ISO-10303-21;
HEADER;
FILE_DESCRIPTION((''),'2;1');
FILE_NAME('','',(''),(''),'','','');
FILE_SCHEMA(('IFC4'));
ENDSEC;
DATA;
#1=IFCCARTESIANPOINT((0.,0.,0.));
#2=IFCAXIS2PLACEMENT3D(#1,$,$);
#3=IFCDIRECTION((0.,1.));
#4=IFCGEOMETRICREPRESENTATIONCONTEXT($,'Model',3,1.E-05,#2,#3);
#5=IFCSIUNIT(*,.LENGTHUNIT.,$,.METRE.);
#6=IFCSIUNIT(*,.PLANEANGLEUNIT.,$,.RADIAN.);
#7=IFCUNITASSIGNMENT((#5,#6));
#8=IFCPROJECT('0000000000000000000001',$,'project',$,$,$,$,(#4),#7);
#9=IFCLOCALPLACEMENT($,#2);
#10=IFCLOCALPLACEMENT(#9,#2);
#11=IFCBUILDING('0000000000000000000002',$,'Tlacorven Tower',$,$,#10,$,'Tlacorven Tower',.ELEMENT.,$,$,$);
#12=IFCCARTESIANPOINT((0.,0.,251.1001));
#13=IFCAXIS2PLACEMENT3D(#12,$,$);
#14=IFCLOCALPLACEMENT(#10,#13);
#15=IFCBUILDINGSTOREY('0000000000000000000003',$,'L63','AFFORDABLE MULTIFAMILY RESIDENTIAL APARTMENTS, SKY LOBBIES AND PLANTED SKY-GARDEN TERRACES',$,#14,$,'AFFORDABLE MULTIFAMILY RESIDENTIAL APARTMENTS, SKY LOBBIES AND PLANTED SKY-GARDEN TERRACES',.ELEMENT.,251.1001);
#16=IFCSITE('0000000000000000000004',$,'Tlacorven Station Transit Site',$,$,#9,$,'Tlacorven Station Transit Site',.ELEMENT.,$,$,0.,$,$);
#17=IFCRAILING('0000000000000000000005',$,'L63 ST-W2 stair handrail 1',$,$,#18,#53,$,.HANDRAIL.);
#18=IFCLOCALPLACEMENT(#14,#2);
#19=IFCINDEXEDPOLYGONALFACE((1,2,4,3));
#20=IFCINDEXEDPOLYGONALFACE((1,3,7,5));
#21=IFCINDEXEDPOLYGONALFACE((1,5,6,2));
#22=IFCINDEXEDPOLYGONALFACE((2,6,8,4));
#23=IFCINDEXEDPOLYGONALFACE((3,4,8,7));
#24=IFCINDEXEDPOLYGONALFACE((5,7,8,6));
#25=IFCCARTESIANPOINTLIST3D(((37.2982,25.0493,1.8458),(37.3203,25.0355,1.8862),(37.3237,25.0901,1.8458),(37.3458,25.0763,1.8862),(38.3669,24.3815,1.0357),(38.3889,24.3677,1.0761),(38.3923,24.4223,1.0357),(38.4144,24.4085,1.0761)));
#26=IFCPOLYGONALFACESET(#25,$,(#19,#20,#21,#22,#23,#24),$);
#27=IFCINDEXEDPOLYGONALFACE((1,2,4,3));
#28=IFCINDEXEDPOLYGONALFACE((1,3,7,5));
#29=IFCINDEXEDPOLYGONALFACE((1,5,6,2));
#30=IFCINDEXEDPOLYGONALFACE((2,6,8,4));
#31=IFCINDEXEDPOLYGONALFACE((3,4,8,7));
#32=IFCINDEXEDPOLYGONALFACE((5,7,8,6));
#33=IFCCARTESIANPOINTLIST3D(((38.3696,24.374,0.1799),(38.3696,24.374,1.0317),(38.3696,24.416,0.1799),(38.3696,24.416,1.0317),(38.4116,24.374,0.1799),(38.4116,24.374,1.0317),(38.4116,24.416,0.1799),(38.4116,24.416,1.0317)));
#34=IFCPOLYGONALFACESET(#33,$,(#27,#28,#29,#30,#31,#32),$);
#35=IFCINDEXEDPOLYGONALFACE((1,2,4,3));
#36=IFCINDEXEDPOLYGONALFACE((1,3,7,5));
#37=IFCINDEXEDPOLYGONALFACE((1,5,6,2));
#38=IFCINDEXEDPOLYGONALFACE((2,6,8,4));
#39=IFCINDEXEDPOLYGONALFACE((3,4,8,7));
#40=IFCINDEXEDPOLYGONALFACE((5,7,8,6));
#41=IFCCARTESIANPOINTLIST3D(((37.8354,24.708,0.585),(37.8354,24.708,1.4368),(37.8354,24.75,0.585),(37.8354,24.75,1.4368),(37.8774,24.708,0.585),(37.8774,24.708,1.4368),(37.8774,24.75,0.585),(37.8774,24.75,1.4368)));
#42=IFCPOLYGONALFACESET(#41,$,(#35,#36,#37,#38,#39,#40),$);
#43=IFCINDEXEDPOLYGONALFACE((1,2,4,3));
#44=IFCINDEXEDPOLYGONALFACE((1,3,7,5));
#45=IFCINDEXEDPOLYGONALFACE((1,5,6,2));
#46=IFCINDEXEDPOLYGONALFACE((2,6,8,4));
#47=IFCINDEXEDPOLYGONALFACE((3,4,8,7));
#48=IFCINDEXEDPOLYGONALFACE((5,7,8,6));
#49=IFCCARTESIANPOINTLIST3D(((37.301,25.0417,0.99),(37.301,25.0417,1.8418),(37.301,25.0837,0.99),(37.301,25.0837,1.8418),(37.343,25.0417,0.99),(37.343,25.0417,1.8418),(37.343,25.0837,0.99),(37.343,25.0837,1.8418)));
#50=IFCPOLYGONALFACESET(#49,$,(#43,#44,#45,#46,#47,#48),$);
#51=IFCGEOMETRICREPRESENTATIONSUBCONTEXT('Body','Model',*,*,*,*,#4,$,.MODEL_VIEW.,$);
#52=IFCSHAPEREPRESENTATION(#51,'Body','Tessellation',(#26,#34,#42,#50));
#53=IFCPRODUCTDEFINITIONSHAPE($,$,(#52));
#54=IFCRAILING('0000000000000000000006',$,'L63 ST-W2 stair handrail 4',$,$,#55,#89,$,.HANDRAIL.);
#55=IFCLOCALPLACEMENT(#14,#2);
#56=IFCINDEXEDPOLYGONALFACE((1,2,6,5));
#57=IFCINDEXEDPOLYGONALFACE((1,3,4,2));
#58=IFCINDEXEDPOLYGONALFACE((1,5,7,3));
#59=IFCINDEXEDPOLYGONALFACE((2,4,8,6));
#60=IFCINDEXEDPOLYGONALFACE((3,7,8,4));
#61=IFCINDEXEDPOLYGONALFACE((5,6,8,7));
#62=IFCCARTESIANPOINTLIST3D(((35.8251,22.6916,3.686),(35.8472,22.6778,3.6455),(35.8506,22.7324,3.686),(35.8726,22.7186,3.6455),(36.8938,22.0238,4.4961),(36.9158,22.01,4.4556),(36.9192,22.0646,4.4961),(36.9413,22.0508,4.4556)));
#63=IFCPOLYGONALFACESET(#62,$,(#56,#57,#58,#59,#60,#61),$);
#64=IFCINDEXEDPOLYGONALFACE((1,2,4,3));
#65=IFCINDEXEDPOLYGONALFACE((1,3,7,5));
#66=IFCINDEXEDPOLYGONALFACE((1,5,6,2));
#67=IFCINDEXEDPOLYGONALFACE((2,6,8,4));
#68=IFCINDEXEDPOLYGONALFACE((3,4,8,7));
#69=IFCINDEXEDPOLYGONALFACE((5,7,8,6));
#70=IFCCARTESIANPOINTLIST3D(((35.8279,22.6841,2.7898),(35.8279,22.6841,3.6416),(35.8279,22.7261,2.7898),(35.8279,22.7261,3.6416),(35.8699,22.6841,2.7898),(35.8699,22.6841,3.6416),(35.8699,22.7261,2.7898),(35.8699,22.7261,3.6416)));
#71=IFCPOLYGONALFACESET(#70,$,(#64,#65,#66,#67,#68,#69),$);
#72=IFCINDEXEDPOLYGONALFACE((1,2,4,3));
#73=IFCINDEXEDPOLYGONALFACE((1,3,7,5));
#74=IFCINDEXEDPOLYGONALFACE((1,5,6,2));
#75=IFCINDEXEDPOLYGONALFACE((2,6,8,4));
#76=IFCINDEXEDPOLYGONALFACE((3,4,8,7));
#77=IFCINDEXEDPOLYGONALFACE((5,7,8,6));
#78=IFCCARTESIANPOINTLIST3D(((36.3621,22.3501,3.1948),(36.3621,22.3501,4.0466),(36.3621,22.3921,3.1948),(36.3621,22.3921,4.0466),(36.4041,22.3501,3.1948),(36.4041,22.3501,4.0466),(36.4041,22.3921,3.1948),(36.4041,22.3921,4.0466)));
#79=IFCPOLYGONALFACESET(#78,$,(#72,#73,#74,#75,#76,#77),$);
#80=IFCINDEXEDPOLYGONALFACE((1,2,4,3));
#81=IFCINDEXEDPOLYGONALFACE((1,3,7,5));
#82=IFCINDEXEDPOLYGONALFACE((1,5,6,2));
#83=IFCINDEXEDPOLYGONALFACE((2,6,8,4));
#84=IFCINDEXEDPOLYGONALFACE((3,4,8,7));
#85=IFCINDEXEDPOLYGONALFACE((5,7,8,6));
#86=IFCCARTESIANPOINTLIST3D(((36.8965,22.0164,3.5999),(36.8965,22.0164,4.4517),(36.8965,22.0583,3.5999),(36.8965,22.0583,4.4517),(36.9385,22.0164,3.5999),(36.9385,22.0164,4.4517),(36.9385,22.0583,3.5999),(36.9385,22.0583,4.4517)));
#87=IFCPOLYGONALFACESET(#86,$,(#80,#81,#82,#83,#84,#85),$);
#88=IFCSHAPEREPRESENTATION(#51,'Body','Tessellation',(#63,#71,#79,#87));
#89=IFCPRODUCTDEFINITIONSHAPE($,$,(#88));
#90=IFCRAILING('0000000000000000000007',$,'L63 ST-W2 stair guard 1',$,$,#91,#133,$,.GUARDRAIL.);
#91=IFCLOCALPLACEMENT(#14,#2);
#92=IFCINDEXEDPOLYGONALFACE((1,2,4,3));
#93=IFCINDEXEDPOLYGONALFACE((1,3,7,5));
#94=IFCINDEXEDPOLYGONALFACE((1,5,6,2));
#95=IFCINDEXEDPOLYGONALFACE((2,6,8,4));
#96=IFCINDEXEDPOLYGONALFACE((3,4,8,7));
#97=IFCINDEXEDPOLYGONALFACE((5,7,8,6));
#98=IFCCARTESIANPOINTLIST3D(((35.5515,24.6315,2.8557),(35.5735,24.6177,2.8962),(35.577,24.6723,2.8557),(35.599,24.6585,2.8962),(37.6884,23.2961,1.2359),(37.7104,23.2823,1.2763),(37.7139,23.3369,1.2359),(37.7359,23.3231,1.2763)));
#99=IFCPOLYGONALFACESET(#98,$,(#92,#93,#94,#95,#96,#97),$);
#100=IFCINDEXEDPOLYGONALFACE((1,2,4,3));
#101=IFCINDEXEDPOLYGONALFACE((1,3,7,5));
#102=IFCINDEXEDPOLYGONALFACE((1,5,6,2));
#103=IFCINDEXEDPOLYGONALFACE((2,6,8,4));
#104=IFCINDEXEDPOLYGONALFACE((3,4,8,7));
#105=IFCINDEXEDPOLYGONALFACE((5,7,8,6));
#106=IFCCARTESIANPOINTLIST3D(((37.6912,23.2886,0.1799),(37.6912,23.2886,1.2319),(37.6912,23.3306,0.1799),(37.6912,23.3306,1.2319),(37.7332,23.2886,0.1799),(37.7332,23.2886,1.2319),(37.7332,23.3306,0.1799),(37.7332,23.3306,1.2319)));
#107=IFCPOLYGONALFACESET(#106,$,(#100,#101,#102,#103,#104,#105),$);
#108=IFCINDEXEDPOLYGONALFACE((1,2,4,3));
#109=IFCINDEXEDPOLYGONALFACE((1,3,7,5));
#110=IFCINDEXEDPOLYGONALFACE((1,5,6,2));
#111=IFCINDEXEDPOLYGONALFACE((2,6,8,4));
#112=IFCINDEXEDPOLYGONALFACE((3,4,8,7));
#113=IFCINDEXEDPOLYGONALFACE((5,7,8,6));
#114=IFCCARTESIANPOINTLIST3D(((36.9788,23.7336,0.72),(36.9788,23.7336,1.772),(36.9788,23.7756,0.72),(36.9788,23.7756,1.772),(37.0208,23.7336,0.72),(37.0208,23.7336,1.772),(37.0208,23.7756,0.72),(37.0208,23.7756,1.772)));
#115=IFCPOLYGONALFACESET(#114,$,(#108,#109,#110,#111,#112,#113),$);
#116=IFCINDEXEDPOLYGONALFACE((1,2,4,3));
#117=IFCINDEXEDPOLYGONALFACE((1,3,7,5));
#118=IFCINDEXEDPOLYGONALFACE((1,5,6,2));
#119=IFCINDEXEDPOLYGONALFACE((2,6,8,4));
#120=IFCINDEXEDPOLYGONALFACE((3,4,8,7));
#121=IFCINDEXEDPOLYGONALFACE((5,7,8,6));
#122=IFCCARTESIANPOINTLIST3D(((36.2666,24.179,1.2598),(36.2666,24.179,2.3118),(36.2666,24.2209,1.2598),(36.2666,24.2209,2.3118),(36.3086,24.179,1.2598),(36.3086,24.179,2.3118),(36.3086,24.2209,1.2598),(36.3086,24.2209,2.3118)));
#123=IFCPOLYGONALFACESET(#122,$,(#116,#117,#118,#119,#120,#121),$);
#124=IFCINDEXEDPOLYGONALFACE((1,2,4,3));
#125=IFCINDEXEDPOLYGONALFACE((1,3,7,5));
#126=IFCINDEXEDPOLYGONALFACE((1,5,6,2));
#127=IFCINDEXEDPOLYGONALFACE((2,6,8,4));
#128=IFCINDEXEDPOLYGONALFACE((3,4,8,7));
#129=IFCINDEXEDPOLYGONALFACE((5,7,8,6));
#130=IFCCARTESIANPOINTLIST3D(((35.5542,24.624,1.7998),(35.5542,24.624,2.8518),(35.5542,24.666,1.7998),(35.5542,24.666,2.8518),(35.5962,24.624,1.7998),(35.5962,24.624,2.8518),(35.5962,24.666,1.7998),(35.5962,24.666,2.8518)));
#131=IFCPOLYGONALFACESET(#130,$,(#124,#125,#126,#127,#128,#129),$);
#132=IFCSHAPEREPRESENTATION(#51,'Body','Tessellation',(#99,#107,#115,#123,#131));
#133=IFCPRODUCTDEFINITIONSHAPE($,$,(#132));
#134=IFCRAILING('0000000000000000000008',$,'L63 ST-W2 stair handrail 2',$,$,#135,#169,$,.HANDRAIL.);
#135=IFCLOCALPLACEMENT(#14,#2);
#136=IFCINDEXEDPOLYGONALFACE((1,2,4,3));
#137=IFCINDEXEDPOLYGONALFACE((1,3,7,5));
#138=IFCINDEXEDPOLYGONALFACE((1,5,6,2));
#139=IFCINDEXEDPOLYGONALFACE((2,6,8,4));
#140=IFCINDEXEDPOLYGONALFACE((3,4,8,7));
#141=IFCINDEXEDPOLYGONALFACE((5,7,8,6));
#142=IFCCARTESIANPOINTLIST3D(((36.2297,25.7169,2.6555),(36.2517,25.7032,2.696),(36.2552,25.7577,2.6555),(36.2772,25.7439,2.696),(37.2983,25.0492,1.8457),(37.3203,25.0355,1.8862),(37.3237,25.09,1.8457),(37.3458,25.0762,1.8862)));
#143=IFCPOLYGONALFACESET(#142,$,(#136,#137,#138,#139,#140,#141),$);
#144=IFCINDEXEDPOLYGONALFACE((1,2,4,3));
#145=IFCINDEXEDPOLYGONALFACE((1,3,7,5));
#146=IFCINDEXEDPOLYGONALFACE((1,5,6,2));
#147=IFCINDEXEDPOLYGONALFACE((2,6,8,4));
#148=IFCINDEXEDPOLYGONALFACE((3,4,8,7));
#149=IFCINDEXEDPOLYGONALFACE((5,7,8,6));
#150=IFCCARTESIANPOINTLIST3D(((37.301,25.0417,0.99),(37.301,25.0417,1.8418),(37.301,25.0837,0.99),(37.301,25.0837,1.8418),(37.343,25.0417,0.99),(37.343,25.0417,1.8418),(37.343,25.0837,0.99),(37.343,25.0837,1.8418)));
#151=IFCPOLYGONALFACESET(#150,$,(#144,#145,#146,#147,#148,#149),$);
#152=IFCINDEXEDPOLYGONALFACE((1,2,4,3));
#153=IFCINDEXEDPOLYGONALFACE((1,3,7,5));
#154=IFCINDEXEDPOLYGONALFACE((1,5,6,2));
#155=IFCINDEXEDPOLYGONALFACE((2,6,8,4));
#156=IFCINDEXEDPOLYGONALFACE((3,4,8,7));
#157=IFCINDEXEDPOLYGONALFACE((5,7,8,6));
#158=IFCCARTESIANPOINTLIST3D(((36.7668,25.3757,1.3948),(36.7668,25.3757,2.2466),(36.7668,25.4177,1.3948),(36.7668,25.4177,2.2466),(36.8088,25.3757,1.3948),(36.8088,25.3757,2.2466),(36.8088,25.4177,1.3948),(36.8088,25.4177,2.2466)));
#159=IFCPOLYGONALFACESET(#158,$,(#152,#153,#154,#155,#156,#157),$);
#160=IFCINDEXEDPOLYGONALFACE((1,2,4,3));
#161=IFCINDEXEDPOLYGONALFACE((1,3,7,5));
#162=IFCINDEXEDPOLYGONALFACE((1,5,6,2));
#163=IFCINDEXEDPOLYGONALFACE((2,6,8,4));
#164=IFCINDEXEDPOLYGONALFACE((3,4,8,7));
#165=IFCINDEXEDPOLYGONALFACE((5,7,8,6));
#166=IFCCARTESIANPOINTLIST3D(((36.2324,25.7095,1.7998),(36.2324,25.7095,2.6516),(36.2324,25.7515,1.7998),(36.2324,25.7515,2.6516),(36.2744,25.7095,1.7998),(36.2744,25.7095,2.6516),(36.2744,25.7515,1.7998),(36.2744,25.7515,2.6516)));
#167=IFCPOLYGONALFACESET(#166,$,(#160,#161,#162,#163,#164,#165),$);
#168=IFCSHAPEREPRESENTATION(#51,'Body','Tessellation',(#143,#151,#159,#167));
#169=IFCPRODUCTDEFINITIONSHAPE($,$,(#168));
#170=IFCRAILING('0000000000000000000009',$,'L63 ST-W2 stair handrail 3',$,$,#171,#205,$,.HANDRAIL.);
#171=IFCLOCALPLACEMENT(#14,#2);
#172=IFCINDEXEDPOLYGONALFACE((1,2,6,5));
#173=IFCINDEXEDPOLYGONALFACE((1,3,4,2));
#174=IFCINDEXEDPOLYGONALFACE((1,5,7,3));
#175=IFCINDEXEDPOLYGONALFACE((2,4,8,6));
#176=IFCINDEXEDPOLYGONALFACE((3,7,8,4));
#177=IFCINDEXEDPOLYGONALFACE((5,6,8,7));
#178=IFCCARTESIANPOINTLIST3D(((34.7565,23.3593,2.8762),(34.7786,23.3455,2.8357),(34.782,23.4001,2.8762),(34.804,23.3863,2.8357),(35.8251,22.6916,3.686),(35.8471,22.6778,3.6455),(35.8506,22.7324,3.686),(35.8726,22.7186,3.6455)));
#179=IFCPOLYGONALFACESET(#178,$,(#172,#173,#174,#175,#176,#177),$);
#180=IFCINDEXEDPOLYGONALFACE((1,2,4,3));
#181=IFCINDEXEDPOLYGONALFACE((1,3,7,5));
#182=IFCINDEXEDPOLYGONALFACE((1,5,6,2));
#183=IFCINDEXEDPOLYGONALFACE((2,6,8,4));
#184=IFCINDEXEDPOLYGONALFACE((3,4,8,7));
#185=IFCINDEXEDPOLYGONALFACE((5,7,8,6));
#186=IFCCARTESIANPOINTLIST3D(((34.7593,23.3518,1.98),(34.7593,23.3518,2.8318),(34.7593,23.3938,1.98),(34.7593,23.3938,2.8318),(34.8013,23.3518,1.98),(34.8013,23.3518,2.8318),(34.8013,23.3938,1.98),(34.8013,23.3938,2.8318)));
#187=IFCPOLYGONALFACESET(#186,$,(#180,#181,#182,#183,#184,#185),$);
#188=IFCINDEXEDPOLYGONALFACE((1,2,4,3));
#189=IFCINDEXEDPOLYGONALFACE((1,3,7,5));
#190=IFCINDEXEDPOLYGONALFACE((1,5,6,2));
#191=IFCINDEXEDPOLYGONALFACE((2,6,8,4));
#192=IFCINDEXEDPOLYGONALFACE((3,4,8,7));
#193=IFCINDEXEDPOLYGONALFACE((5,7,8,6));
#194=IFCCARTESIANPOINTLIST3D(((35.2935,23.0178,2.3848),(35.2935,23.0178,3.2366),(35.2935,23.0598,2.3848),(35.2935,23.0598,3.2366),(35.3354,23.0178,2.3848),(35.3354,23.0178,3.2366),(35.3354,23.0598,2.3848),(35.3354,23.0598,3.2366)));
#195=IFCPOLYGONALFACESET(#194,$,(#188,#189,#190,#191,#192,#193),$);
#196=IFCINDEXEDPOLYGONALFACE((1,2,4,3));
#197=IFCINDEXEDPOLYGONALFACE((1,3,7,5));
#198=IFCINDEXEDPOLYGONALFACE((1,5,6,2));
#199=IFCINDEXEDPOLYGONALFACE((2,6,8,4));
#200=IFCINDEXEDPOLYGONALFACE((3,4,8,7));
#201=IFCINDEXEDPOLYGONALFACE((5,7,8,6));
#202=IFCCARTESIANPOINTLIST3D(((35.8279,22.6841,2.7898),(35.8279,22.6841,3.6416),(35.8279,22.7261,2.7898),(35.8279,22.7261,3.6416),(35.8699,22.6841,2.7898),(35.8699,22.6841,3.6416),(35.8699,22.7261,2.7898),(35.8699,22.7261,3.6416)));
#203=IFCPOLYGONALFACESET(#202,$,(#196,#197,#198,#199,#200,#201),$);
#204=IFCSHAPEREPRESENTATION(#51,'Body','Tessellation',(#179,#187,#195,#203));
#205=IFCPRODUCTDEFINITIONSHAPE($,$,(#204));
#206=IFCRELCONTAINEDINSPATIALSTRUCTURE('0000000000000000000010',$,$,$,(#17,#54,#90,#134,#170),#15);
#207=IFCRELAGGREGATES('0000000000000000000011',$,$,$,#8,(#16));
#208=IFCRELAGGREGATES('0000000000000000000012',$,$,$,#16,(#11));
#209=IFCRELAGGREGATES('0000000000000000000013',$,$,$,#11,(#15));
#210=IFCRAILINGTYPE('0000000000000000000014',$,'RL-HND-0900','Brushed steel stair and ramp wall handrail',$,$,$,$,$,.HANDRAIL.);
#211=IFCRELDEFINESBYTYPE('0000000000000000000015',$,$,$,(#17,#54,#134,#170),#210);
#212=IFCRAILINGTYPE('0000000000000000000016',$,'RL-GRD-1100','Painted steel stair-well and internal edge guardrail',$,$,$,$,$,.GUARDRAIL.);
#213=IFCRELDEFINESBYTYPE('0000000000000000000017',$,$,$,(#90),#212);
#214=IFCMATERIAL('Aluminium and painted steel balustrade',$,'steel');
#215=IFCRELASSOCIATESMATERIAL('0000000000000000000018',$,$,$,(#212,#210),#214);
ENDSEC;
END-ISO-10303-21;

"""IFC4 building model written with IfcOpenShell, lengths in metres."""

from ifc_helpers import new_model, si_unit, direction, frame, origin, origin_2d, place, context, subcontext, project, spatial, rectangle, extrude, source, transform, mapped, material, type_object, element, save


model = new_model("IFC4")

# Units and contexts
model_context = context("Model", 3, precision=1e-05, world=origin(), true_north=direction((0.0, 1.0)))
body_context = subcontext(model_context, "Body", "Model", "MODEL_VIEW")
ifc_project = project(units=[si_unit("LENGTHUNIT", "METRE"), si_unit("PLANEANGLEUNIT", "RADIAN")], contexts=[model_context])

# Site, building, storey
site_placement = place(None, origin())
site = spatial("IfcSite", under=ifc_project, at=site_placement, Name="Tlacorven Station Transit Site", LongName="Tlacorven Station Transit Site", CompositionType="ELEMENT", RefElevation=0.0)
building_placement = place(site_placement, origin())
building = spatial("IfcBuilding", under=site, at=building_placement, Name="Tlacorven Tower", LongName="Tlacorven Tower", CompositionType="ELEMENT")
storey_placement = place(building_placement, frame((0.0, 0.0, 251.1001)))
storey = spatial("IfcBuildingStorey", under=building, at=storey_placement, Name="L63", Description="AFFORDABLE MULTIFAMILY RESIDENTIAL APARTMENTS, SKY LOBBIES AND PLANTED SKY-GARDEN TERRACES", LongName="AFFORDABLE MULTIFAMILY RESIDENTIAL APARTMENTS, SKY LOBBIES AND PLANTED SKY-GARDEN TERRACES", CompositionType="ELEMENT", Elevation=251.1001)

# Railings
ifc_material_1 = material(Name="Aluminium and painted steel balustrade", Category="steel")
railing_type_1 = type_object("IfcRailingType", Name="RL-GRD-1100", Description="Painted steel stair-well and internal edge guardrail", PredefinedType="GUARDRAIL", material=ifc_material_1)
railing_type_2 = type_object("IfcRailingType", Name="RL-HND-0900", Description="Brushed steel stair and ramp wall handrail", PredefinedType="HANDRAIL", material=ifc_material_1)
shared_shape_1 = source(origin(), body_context, "Body", "SweptSolid", [
    extrude(rectangle(XDim=0.0481, YDim=0.0481, at=origin_2d()), frame((0.0, 0.0, 0.876), z_axis=(-0.71336, 0.445748, 0.540765), x_axis=(-0.529912, -0.848053, 0.0)), (0.0, 0.0, 1.0), 1.498),
    extrude(rectangle(XDim=0.042, YDim=0.042, at=origin_2d()), origin(), (0.0, 0.0, 1.0), 0.8518),
    extrude(rectangle(XDim=0.042, YDim=0.042, at=origin_2d()), frame((-0.5342, 0.334, 0.405)), (0.0, 0.0, 1.0), 0.8518),
    extrude(rectangle(XDim=0.042, YDim=0.042, at=origin_2d()), frame((-1.0686, 0.6677, 0.8101)), (0.0, 0.0, 1.0), 0.8518),
])
railing_1_placement = place(storey_placement, frame((38.3906, 24.395, 0.1799)))
element("IfcRailing", 1, at=railing_1_placement, inside=storey, type_object=railing_type_2, Name="L63 ST-W2 stair handrail 1", PredefinedType="HANDRAIL", context=body_context, shape_type="MappedRepresentation", body=[
    mapped(shared_shape_1, transform((0.0, 0.0, 0.0), scale=1.0)),
])
shared_shape_2 = source(origin(), body_context, "Body", "SweptSolid", [
    extrude(rectangle(XDim=0.0481, YDim=0.0481, at=origin_2d()), frame((0.0, 0.0, 0.876), z_axis=(0.71336, -0.445748, 0.540765), x_axis=(0.529912, 0.848053, 0.0)), (0.0, 0.0, 1.0), 1.498),
    extrude(rectangle(XDim=0.042, YDim=0.042, at=origin_2d()), origin(), (0.0, 0.0, 1.0), 0.8518),
    extrude(rectangle(XDim=0.042, YDim=0.042, at=origin_2d()), frame((0.5342, -0.334, 0.405)), (0.0, 0.0, 1.0), 0.8518),
    extrude(rectangle(XDim=0.042, YDim=0.042, at=origin_2d()), frame((1.0686, -0.6677, 0.8101)), (0.0, 0.0, 1.0), 0.8518),
])
railing_2_placement = place(storey_placement, frame((35.8489, 22.7051, 2.7898)))
element("IfcRailing", 2, at=railing_2_placement, inside=storey, type_object=railing_type_2, Name="L63 ST-W2 stair handrail 4", PredefinedType="HANDRAIL", context=body_context, shape_type="MappedRepresentation", body=[
    mapped(shared_shape_2, transform((0.0, 0.0, 0.0), scale=1.0)),
])
shared_shape_3 = source(origin(), body_context, "Body", "SweptSolid", [
    extrude(rectangle(XDim=0.0481, YDim=0.0481, at=origin_2d()), frame((0.0, 0.0, 1.0762), z_axis=(-0.713351, 0.445794, 0.540739), x_axis=(-0.529955, -0.848026, 0.0)), (0.0, 0.0, 1.0), 2.9956),
    extrude(rectangle(XDim=0.042, YDim=0.042, at=origin_2d()), origin(), (0.0, 0.0, 1.0), 1.052),
    extrude(rectangle(XDim=0.042, YDim=0.042, at=origin_2d()), frame((-0.7124, 0.4451, 0.54)), (0.0, 0.0, 1.0), 1.052),
    extrude(rectangle(XDim=0.042, YDim=0.042, at=origin_2d()), frame((-1.4246, 0.8904, 1.0798)), (0.0, 0.0, 1.0), 1.052),
    extrude(rectangle(XDim=0.042, YDim=0.042, at=origin_2d()), frame((-2.137, 1.3354, 1.6199)), (0.0, 0.0, 1.0), 1.052),
])
railing_3_placement = place(storey_placement, frame((37.7122, 23.3096, 0.1799)))
element("IfcRailing", 3, at=railing_3_placement, inside=storey, type_object=railing_type_1, Name="L63 ST-W2 stair guard 1", PredefinedType="GUARDRAIL", context=body_context, shape_type="MappedRepresentation", body=[
    mapped(shared_shape_3, transform((0.0, 0.0, 0.0), scale=1.0)),
])
shared_shape_4 = source(origin(), body_context, "Body", "SweptSolid", [
    extrude(rectangle(XDim=0.0481, YDim=0.0481, at=origin_2d()), frame((0.0, 0.0, 0.876), z_axis=(-0.713423, 0.445787, 0.540649), x_axis=(-0.529912, -0.848053, 0.0)), (0.0, 0.0, 1.0), 1.4978),
    extrude(rectangle(XDim=0.042, YDim=0.042, at=origin_2d()), origin(), (0.0, 0.0, 1.0), 0.8518),
    extrude(rectangle(XDim=0.042, YDim=0.042, at=origin_2d()), frame((-0.5342, 0.334, 0.4048)), (0.0, 0.0, 1.0), 0.8518),
    extrude(rectangle(XDim=0.042, YDim=0.042, at=origin_2d()), frame((-1.0686, 0.6677, 0.8098)), (0.0, 0.0, 1.0), 0.8518),
])
railing_4_placement = place(storey_placement, frame((37.322, 25.0627, 0.99)))
element("IfcRailing", 4, at=railing_4_placement, inside=storey, type_object=railing_type_2, Name="L63 ST-W2 stair handrail 2", PredefinedType="HANDRAIL", context=body_context, shape_type="MappedRepresentation", body=[
    mapped(shared_shape_4, transform((0.0, 0.0, 0.0), scale=1.0)),
])
shared_shape_5 = source(origin(), body_context, "Body", "SweptSolid", [
    extrude(rectangle(XDim=0.0481, YDim=0.0481, at=origin_2d()), frame((0.0, 0.0, 0.876), z_axis=(0.713423, -0.445787, 0.540649), x_axis=(0.529912, 0.848053, 0.0)), (0.0, 0.0, 1.0), 1.4978),
    extrude(rectangle(XDim=0.042, YDim=0.042, at=origin_2d()), origin(), (0.0, 0.0, 1.0), 0.8518),
    extrude(rectangle(XDim=0.042, YDim=0.042, at=origin_2d()), frame((0.5342, -0.334, 0.4048)), (0.0, 0.0, 1.0), 0.8518),
    extrude(rectangle(XDim=0.042, YDim=0.042, at=origin_2d()), frame((1.0686, -0.6677, 0.8098)), (0.0, 0.0, 1.0), 0.8518),
])
railing_5_placement = place(storey_placement, frame((34.7803, 23.3728, 1.98)))
element("IfcRailing", 5, at=railing_5_placement, inside=storey, type_object=railing_type_2, Name="L63 ST-W2 stair handrail 3", PredefinedType="HANDRAIL", context=body_context, shape_type="MappedRepresentation", body=[
    mapped(shared_shape_5, transform((0.0, 0.0, 0.0), scale=1.0)),
])

save(model, "model.ifc")
